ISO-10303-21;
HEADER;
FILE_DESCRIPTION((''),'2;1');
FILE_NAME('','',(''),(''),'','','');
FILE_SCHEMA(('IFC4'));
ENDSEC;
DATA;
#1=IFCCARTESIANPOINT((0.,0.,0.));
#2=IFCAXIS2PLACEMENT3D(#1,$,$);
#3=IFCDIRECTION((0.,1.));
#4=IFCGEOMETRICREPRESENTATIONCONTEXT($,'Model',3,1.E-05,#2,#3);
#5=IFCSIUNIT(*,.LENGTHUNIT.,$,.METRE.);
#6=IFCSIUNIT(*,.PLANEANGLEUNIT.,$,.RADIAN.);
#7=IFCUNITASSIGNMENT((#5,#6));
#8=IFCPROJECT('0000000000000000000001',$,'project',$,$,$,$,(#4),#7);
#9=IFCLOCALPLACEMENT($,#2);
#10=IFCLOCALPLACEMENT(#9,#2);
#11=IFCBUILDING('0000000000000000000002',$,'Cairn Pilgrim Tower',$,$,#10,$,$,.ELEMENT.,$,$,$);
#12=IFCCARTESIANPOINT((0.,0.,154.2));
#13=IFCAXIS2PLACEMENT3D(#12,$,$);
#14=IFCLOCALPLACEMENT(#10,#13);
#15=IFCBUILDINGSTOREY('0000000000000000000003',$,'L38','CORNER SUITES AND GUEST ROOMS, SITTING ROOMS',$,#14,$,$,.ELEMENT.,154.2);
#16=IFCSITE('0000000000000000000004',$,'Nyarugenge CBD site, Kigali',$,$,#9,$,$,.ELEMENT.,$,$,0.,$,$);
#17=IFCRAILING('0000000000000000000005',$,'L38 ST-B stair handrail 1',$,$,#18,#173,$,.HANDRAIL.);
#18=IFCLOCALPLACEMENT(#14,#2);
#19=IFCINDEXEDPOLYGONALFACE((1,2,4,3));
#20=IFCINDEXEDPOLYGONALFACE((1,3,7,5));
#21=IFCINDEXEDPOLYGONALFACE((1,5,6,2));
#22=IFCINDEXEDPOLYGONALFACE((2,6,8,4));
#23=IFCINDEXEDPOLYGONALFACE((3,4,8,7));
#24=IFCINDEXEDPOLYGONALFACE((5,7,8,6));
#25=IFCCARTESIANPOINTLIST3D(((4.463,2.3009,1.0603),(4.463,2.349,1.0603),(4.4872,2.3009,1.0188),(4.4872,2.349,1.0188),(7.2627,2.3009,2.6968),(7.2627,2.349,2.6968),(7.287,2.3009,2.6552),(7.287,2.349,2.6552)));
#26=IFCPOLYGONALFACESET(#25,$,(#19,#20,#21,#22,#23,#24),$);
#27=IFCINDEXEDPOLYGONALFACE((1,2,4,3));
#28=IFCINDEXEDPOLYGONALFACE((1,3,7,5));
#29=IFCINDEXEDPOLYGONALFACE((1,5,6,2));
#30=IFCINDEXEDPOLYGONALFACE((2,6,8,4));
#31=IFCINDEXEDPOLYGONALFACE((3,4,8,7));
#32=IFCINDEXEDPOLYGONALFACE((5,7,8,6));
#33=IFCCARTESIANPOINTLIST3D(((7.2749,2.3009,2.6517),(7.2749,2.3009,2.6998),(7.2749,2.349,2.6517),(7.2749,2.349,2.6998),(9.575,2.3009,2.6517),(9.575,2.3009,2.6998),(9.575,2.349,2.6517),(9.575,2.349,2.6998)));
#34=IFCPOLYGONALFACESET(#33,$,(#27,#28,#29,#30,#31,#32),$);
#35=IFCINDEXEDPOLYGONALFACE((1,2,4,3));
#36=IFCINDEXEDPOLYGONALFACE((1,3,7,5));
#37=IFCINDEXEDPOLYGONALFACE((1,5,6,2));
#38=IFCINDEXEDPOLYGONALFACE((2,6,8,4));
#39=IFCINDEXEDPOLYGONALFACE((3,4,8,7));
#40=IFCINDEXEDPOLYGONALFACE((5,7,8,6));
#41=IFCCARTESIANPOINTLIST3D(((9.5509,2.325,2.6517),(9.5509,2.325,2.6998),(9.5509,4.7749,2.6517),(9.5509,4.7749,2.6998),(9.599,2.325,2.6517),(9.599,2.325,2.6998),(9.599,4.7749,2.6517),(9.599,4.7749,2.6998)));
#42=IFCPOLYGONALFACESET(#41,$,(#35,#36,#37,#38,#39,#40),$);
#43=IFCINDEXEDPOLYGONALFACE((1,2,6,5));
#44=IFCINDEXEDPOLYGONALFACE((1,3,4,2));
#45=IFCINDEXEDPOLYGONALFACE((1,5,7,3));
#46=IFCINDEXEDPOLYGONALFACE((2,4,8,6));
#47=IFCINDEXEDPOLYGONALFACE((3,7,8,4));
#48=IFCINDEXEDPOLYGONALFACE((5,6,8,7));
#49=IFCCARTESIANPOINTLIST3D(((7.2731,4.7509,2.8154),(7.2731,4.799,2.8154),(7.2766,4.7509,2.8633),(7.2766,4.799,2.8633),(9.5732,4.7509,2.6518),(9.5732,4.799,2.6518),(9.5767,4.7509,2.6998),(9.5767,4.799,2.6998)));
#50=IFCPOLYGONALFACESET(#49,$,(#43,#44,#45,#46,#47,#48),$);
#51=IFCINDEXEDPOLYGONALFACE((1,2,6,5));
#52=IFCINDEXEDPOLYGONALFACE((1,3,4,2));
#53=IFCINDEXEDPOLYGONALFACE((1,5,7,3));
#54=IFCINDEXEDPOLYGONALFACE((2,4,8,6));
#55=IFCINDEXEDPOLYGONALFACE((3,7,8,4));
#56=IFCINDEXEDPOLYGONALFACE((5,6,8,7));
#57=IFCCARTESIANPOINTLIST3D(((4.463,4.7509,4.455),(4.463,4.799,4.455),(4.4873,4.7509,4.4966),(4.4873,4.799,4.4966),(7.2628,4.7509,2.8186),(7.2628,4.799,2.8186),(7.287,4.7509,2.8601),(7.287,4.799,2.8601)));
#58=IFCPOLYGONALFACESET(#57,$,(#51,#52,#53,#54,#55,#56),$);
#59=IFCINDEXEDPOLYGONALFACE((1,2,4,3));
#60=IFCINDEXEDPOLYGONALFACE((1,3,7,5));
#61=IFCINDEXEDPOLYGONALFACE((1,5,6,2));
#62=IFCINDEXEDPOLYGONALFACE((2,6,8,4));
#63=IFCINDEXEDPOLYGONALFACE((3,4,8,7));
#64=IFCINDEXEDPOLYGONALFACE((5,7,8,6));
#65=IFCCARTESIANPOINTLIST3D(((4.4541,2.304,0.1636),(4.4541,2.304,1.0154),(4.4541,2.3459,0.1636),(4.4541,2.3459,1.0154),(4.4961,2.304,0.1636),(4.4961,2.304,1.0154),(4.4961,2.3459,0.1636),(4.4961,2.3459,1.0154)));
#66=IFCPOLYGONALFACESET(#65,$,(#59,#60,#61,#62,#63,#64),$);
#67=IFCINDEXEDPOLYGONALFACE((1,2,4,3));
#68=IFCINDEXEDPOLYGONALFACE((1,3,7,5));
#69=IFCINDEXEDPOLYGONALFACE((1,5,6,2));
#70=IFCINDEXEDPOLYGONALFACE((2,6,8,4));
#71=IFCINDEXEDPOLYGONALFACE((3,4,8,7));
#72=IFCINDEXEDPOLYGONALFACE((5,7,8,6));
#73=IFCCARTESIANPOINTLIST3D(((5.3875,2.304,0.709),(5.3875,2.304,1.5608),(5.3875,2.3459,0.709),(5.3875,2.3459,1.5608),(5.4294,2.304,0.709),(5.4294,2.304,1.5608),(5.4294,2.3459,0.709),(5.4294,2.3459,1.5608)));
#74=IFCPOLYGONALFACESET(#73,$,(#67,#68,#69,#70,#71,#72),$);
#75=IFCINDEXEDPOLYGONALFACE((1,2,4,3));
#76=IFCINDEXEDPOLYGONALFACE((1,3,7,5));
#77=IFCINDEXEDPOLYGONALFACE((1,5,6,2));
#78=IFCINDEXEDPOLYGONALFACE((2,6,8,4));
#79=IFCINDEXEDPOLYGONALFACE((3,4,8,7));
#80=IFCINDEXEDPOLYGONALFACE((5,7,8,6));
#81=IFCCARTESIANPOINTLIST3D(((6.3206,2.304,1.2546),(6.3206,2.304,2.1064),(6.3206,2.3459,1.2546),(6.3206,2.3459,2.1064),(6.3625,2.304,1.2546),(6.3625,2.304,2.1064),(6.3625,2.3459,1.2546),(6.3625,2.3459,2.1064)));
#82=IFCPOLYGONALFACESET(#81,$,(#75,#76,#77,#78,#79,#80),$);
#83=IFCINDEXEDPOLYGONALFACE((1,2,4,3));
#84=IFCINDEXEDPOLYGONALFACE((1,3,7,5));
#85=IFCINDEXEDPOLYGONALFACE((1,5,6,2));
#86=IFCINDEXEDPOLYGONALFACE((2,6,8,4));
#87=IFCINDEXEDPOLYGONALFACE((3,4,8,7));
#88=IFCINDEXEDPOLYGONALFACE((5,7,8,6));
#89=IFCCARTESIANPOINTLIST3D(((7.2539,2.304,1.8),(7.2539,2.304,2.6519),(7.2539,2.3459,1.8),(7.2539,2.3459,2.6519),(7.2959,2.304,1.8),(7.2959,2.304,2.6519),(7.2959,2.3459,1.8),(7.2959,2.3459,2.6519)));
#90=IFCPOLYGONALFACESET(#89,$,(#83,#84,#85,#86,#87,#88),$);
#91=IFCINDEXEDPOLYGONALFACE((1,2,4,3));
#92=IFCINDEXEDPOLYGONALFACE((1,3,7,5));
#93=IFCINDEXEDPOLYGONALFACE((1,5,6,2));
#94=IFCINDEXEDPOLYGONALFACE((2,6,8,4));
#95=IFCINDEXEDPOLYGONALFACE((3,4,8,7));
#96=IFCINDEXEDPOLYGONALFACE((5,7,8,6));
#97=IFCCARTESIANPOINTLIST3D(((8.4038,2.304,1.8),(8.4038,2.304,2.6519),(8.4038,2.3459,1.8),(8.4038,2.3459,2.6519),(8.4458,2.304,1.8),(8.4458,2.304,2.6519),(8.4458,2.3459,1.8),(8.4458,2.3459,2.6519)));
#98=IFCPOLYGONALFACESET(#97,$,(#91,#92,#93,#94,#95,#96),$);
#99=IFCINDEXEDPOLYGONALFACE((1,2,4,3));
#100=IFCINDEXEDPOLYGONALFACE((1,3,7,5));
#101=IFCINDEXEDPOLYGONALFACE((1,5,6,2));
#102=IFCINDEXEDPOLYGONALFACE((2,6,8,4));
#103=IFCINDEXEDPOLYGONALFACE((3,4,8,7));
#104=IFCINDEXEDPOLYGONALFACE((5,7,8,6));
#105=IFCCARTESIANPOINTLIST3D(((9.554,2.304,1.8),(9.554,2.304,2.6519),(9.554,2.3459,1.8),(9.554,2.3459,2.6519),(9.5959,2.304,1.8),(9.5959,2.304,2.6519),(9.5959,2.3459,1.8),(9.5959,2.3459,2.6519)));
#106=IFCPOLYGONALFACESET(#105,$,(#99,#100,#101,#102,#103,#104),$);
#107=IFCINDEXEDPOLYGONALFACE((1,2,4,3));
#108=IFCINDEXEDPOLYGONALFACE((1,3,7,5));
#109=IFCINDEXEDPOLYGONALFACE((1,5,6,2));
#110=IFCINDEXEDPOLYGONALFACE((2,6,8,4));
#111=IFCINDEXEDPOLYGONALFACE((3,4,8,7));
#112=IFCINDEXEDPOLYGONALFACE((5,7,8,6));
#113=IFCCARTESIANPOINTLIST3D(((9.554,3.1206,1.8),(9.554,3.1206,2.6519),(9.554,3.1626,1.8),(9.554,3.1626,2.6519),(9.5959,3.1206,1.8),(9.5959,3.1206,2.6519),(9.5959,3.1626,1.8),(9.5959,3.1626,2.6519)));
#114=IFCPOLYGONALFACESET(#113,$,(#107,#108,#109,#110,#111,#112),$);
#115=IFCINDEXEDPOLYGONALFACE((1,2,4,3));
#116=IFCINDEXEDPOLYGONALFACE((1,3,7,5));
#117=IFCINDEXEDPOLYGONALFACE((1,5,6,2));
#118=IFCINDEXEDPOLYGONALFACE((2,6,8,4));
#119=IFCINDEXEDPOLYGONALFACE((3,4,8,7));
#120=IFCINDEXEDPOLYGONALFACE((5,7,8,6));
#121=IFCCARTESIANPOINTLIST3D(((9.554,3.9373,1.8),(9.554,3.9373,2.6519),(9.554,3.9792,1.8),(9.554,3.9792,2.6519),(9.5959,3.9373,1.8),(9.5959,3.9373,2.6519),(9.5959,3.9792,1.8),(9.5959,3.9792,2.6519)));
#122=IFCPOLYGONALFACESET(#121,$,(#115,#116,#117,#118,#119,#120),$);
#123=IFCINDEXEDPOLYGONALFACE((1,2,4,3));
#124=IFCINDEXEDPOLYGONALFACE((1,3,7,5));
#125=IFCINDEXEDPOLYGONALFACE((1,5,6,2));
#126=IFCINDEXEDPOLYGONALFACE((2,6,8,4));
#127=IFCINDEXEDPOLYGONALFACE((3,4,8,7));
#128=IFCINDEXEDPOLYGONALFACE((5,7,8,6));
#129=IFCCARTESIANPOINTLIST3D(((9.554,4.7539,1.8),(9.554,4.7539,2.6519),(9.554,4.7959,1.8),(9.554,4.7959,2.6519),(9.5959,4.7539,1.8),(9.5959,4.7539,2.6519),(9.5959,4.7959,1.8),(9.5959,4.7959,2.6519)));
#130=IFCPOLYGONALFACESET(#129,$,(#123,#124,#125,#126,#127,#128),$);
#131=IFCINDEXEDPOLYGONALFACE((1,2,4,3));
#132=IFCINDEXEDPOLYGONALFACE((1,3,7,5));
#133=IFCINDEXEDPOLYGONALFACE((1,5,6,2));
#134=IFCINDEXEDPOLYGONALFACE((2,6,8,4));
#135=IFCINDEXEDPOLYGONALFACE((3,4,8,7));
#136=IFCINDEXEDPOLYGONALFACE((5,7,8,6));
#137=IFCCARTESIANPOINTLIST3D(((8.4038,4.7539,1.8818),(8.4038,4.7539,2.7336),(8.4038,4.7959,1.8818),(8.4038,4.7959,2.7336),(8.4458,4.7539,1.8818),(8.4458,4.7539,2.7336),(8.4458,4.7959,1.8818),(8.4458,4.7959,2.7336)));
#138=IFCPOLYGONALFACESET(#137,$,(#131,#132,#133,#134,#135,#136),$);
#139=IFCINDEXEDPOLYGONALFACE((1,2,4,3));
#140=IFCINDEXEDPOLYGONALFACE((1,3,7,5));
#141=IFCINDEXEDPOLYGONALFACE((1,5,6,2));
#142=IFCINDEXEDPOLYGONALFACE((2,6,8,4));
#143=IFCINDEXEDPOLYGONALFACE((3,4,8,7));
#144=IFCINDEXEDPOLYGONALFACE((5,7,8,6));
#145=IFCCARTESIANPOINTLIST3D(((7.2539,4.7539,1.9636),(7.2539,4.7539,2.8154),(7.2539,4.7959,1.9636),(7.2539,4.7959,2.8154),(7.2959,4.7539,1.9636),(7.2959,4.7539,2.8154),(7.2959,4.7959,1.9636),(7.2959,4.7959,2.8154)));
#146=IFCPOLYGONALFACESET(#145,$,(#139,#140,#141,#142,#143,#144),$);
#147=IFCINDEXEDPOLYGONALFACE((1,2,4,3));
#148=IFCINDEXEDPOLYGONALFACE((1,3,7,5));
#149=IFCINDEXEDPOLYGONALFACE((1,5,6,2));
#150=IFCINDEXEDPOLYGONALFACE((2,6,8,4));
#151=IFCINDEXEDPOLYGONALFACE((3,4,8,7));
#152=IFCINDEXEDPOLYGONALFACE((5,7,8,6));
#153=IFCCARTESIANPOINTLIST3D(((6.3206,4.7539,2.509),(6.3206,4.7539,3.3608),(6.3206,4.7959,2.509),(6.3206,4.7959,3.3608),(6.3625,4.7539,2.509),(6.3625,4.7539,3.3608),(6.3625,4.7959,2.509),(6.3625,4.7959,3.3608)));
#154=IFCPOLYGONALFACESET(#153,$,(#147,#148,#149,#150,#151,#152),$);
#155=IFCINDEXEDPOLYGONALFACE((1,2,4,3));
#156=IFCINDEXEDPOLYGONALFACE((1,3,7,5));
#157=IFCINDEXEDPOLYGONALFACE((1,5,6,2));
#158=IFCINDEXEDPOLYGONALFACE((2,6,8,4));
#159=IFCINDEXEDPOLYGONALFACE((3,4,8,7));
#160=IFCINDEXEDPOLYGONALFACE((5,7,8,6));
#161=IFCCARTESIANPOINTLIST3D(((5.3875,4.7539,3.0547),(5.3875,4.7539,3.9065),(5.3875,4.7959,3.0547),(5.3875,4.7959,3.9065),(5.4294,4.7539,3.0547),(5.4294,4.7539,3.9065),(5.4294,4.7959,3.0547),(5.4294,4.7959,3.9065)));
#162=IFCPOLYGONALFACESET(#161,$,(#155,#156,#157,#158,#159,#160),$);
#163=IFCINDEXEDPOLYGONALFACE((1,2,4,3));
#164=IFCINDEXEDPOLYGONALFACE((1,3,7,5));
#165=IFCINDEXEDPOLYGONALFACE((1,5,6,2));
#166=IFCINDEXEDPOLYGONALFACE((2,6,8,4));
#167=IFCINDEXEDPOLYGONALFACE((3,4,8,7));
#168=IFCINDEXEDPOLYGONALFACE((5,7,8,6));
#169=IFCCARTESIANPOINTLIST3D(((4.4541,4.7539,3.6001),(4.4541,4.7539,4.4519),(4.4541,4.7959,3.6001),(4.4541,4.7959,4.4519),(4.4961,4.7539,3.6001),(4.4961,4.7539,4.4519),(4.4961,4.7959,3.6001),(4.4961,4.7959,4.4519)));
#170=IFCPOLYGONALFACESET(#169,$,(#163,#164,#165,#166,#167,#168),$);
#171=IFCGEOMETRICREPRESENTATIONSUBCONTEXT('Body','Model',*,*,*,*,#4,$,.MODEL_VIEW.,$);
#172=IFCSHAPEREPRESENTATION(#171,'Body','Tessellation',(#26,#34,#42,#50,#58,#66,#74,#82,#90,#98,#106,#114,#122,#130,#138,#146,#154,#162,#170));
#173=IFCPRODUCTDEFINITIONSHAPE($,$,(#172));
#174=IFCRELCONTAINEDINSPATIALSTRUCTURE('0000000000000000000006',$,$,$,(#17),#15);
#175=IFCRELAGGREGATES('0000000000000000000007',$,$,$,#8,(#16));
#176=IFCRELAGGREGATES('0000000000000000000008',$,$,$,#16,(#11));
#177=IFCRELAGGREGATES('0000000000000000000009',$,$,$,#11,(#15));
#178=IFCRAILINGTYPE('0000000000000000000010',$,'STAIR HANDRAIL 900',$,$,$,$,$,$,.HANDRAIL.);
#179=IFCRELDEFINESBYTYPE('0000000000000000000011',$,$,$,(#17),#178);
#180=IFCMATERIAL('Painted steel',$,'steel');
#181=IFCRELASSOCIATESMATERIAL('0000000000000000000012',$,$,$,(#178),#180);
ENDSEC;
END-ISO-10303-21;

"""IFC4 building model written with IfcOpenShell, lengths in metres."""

from ifc_helpers import new_model, si_unit, direction, frame, origin, origin_2d, place, context, subcontext, project, spatial, rectangle, extrude, material, type_object, element, save


model = new_model("IFC4")

# Units and contexts
model_context = context("Model", 3, precision=1e-05, world=origin(), true_north=direction((0.0, 1.0)))
body_context = subcontext(model_context, "Body", "Model", "MODEL_VIEW")
ifc_project = project(units=[si_unit("LENGTHUNIT", "METRE"), si_unit("PLANEANGLEUNIT", "RADIAN")], contexts=[model_context])

# Site, building, storey
site_placement = place(None, origin())
site = spatial("IfcSite", under=ifc_project, at=site_placement, Name="Nyarugenge CBD site, Kigali", CompositionType="ELEMENT", RefElevation=0.0)
building_placement = place(site_placement, origin())
building = spatial("IfcBuilding", under=site, at=building_placement, Name="Cairn Pilgrim Tower", CompositionType="ELEMENT")
storey_placement = place(building_placement, frame((0.0, 0.0, 154.2)))
storey = spatial("IfcBuildingStorey", under=building, at=storey_placement, Name="L38", Description="CORNER SUITES AND GUEST ROOMS, SITTING ROOMS", CompositionType="ELEMENT", Elevation=154.2)

# Shared definitions
ifc_material_1 = material(Name="Painted steel", Category="steel")

# Railing
railing_type = type_object("IfcRailingType", Name="STAIR HANDRAIL 900", PredefinedType="HANDRAIL", material=ifc_material_1)
railing_placement = place(storey_placement, frame((4.4751, 2.325, 0.1636)))
element("IfcRailing", 1, at=railing_placement, inside=storey, type_object=railing_type, Name="L38 ST-B stair handrail 1", PredefinedType="HANDRAIL", context=body_context, shape_type="SweptSolid", body=[
    extrude(rectangle(XDim=0.0481, YDim=0.0481, at=origin_2d()), frame((0.0, 0.0, 0.876), z_axis=(0.863342, 0.0, 0.50462), x_axis=(0.0, 1.0, 0.0)), (0.0, 0.0, 1.0), 3.2429),
    extrude(rectangle(XDim=0.0481, YDim=0.0481, at=origin_2d()), frame((2.7998, 0.0, 2.5122), z_axis=(1.0, 0.0, 0.0), x_axis=(0.0, 1.0, 0.0)), (0.0, 0.0, 1.0), 2.3),
    extrude(rectangle(XDim=0.0481, YDim=0.0481, at=origin_2d()), frame((5.0999, 0.0, 2.5122), z_axis=(0.0, 1.0, 0.0), x_axis=(-1.0, 0.0, 0.0)), (0.0, 0.0, 1.0), 2.45),
    extrude(rectangle(XDim=0.0481, YDim=0.0481, at=origin_2d()), frame((5.0999, 2.45, 2.5122), z_axis=(-0.997481, 0.0, 0.070939), x_axis=(0.0, -1.0, 0.0)), (0.0, 0.0, 1.0), 2.3059),
    extrude(rectangle(XDim=0.0481, YDim=0.0481, at=origin_2d()), frame((2.7998, 2.45, 2.6758), z_axis=(-0.863342, 0.0, 0.50462), x_axis=(0.0, -1.0, 0.0)), (0.0, 0.0, 1.0), 3.2429),
    extrude(rectangle(XDim=0.042, YDim=0.042, at=origin_2d()), origin(), (0.0, 0.0, 1.0), 0.8518),
    extrude(rectangle(XDim=0.042, YDim=0.042, at=origin_2d()), frame((0.9333, 0.0, 0.5454)), (0.0, 0.0, 1.0), 0.8518),
    extrude(rectangle(XDim=0.042, YDim=0.042, at=origin_2d()), frame((1.8665, 0.0, 1.0911)), (0.0, 0.0, 1.0), 0.8518),
    extrude(rectangle(XDim=0.042, YDim=0.042, at=origin_2d()), frame((2.7998, 0.0, 1.6365)), (0.0, 0.0, 1.0), 0.8518),
    extrude(rectangle(XDim=0.042, YDim=0.042, at=origin_2d()), frame((3.9497, 0.0, 1.6365)), (0.0, 0.0, 1.0), 0.8518),
    extrude(rectangle(XDim=0.042, YDim=0.042, at=origin_2d()), frame((5.0999, 0.0, 1.6365)), (0.0, 0.0, 1.0), 0.8518),
    extrude(rectangle(XDim=0.042, YDim=0.042, at=origin_2d()), frame((5.0999, 0.8167, 1.6365)), (0.0, 0.0, 1.0), 0.8518),
    extrude(rectangle(XDim=0.042, YDim=0.042, at=origin_2d()), frame((5.0999, 1.6333, 1.6365)), (0.0, 0.0, 1.0), 0.8518),
    extrude(rectangle(XDim=0.042, YDim=0.042, at=origin_2d()), frame((5.0999, 2.45, 1.6365)), (0.0, 0.0, 1.0), 0.8518),
    extrude(rectangle(XDim=0.042, YDim=0.042, at=origin_2d()), frame((3.9497, 2.45, 1.7183)), (0.0, 0.0, 1.0), 0.8518),
    extrude(rectangle(XDim=0.042, YDim=0.042, at=origin_2d()), frame((2.7998, 2.45, 1.8)), (0.0, 0.0, 1.0), 0.8518),
    extrude(rectangle(XDim=0.042, YDim=0.042, at=origin_2d()), frame((1.8665, 2.45, 2.3455)), (0.0, 0.0, 1.0), 0.8518),
    extrude(rectangle(XDim=0.042, YDim=0.042, at=origin_2d()), frame((0.9333, 2.45, 2.8911)), (0.0, 0.0, 1.0), 0.8518),
    extrude(rectangle(XDim=0.042, YDim=0.042, at=origin_2d()), frame((0.0, 2.45, 3.4365)), (0.0, 0.0, 1.0), 0.8518),
])

save(model, "model.ifc")
